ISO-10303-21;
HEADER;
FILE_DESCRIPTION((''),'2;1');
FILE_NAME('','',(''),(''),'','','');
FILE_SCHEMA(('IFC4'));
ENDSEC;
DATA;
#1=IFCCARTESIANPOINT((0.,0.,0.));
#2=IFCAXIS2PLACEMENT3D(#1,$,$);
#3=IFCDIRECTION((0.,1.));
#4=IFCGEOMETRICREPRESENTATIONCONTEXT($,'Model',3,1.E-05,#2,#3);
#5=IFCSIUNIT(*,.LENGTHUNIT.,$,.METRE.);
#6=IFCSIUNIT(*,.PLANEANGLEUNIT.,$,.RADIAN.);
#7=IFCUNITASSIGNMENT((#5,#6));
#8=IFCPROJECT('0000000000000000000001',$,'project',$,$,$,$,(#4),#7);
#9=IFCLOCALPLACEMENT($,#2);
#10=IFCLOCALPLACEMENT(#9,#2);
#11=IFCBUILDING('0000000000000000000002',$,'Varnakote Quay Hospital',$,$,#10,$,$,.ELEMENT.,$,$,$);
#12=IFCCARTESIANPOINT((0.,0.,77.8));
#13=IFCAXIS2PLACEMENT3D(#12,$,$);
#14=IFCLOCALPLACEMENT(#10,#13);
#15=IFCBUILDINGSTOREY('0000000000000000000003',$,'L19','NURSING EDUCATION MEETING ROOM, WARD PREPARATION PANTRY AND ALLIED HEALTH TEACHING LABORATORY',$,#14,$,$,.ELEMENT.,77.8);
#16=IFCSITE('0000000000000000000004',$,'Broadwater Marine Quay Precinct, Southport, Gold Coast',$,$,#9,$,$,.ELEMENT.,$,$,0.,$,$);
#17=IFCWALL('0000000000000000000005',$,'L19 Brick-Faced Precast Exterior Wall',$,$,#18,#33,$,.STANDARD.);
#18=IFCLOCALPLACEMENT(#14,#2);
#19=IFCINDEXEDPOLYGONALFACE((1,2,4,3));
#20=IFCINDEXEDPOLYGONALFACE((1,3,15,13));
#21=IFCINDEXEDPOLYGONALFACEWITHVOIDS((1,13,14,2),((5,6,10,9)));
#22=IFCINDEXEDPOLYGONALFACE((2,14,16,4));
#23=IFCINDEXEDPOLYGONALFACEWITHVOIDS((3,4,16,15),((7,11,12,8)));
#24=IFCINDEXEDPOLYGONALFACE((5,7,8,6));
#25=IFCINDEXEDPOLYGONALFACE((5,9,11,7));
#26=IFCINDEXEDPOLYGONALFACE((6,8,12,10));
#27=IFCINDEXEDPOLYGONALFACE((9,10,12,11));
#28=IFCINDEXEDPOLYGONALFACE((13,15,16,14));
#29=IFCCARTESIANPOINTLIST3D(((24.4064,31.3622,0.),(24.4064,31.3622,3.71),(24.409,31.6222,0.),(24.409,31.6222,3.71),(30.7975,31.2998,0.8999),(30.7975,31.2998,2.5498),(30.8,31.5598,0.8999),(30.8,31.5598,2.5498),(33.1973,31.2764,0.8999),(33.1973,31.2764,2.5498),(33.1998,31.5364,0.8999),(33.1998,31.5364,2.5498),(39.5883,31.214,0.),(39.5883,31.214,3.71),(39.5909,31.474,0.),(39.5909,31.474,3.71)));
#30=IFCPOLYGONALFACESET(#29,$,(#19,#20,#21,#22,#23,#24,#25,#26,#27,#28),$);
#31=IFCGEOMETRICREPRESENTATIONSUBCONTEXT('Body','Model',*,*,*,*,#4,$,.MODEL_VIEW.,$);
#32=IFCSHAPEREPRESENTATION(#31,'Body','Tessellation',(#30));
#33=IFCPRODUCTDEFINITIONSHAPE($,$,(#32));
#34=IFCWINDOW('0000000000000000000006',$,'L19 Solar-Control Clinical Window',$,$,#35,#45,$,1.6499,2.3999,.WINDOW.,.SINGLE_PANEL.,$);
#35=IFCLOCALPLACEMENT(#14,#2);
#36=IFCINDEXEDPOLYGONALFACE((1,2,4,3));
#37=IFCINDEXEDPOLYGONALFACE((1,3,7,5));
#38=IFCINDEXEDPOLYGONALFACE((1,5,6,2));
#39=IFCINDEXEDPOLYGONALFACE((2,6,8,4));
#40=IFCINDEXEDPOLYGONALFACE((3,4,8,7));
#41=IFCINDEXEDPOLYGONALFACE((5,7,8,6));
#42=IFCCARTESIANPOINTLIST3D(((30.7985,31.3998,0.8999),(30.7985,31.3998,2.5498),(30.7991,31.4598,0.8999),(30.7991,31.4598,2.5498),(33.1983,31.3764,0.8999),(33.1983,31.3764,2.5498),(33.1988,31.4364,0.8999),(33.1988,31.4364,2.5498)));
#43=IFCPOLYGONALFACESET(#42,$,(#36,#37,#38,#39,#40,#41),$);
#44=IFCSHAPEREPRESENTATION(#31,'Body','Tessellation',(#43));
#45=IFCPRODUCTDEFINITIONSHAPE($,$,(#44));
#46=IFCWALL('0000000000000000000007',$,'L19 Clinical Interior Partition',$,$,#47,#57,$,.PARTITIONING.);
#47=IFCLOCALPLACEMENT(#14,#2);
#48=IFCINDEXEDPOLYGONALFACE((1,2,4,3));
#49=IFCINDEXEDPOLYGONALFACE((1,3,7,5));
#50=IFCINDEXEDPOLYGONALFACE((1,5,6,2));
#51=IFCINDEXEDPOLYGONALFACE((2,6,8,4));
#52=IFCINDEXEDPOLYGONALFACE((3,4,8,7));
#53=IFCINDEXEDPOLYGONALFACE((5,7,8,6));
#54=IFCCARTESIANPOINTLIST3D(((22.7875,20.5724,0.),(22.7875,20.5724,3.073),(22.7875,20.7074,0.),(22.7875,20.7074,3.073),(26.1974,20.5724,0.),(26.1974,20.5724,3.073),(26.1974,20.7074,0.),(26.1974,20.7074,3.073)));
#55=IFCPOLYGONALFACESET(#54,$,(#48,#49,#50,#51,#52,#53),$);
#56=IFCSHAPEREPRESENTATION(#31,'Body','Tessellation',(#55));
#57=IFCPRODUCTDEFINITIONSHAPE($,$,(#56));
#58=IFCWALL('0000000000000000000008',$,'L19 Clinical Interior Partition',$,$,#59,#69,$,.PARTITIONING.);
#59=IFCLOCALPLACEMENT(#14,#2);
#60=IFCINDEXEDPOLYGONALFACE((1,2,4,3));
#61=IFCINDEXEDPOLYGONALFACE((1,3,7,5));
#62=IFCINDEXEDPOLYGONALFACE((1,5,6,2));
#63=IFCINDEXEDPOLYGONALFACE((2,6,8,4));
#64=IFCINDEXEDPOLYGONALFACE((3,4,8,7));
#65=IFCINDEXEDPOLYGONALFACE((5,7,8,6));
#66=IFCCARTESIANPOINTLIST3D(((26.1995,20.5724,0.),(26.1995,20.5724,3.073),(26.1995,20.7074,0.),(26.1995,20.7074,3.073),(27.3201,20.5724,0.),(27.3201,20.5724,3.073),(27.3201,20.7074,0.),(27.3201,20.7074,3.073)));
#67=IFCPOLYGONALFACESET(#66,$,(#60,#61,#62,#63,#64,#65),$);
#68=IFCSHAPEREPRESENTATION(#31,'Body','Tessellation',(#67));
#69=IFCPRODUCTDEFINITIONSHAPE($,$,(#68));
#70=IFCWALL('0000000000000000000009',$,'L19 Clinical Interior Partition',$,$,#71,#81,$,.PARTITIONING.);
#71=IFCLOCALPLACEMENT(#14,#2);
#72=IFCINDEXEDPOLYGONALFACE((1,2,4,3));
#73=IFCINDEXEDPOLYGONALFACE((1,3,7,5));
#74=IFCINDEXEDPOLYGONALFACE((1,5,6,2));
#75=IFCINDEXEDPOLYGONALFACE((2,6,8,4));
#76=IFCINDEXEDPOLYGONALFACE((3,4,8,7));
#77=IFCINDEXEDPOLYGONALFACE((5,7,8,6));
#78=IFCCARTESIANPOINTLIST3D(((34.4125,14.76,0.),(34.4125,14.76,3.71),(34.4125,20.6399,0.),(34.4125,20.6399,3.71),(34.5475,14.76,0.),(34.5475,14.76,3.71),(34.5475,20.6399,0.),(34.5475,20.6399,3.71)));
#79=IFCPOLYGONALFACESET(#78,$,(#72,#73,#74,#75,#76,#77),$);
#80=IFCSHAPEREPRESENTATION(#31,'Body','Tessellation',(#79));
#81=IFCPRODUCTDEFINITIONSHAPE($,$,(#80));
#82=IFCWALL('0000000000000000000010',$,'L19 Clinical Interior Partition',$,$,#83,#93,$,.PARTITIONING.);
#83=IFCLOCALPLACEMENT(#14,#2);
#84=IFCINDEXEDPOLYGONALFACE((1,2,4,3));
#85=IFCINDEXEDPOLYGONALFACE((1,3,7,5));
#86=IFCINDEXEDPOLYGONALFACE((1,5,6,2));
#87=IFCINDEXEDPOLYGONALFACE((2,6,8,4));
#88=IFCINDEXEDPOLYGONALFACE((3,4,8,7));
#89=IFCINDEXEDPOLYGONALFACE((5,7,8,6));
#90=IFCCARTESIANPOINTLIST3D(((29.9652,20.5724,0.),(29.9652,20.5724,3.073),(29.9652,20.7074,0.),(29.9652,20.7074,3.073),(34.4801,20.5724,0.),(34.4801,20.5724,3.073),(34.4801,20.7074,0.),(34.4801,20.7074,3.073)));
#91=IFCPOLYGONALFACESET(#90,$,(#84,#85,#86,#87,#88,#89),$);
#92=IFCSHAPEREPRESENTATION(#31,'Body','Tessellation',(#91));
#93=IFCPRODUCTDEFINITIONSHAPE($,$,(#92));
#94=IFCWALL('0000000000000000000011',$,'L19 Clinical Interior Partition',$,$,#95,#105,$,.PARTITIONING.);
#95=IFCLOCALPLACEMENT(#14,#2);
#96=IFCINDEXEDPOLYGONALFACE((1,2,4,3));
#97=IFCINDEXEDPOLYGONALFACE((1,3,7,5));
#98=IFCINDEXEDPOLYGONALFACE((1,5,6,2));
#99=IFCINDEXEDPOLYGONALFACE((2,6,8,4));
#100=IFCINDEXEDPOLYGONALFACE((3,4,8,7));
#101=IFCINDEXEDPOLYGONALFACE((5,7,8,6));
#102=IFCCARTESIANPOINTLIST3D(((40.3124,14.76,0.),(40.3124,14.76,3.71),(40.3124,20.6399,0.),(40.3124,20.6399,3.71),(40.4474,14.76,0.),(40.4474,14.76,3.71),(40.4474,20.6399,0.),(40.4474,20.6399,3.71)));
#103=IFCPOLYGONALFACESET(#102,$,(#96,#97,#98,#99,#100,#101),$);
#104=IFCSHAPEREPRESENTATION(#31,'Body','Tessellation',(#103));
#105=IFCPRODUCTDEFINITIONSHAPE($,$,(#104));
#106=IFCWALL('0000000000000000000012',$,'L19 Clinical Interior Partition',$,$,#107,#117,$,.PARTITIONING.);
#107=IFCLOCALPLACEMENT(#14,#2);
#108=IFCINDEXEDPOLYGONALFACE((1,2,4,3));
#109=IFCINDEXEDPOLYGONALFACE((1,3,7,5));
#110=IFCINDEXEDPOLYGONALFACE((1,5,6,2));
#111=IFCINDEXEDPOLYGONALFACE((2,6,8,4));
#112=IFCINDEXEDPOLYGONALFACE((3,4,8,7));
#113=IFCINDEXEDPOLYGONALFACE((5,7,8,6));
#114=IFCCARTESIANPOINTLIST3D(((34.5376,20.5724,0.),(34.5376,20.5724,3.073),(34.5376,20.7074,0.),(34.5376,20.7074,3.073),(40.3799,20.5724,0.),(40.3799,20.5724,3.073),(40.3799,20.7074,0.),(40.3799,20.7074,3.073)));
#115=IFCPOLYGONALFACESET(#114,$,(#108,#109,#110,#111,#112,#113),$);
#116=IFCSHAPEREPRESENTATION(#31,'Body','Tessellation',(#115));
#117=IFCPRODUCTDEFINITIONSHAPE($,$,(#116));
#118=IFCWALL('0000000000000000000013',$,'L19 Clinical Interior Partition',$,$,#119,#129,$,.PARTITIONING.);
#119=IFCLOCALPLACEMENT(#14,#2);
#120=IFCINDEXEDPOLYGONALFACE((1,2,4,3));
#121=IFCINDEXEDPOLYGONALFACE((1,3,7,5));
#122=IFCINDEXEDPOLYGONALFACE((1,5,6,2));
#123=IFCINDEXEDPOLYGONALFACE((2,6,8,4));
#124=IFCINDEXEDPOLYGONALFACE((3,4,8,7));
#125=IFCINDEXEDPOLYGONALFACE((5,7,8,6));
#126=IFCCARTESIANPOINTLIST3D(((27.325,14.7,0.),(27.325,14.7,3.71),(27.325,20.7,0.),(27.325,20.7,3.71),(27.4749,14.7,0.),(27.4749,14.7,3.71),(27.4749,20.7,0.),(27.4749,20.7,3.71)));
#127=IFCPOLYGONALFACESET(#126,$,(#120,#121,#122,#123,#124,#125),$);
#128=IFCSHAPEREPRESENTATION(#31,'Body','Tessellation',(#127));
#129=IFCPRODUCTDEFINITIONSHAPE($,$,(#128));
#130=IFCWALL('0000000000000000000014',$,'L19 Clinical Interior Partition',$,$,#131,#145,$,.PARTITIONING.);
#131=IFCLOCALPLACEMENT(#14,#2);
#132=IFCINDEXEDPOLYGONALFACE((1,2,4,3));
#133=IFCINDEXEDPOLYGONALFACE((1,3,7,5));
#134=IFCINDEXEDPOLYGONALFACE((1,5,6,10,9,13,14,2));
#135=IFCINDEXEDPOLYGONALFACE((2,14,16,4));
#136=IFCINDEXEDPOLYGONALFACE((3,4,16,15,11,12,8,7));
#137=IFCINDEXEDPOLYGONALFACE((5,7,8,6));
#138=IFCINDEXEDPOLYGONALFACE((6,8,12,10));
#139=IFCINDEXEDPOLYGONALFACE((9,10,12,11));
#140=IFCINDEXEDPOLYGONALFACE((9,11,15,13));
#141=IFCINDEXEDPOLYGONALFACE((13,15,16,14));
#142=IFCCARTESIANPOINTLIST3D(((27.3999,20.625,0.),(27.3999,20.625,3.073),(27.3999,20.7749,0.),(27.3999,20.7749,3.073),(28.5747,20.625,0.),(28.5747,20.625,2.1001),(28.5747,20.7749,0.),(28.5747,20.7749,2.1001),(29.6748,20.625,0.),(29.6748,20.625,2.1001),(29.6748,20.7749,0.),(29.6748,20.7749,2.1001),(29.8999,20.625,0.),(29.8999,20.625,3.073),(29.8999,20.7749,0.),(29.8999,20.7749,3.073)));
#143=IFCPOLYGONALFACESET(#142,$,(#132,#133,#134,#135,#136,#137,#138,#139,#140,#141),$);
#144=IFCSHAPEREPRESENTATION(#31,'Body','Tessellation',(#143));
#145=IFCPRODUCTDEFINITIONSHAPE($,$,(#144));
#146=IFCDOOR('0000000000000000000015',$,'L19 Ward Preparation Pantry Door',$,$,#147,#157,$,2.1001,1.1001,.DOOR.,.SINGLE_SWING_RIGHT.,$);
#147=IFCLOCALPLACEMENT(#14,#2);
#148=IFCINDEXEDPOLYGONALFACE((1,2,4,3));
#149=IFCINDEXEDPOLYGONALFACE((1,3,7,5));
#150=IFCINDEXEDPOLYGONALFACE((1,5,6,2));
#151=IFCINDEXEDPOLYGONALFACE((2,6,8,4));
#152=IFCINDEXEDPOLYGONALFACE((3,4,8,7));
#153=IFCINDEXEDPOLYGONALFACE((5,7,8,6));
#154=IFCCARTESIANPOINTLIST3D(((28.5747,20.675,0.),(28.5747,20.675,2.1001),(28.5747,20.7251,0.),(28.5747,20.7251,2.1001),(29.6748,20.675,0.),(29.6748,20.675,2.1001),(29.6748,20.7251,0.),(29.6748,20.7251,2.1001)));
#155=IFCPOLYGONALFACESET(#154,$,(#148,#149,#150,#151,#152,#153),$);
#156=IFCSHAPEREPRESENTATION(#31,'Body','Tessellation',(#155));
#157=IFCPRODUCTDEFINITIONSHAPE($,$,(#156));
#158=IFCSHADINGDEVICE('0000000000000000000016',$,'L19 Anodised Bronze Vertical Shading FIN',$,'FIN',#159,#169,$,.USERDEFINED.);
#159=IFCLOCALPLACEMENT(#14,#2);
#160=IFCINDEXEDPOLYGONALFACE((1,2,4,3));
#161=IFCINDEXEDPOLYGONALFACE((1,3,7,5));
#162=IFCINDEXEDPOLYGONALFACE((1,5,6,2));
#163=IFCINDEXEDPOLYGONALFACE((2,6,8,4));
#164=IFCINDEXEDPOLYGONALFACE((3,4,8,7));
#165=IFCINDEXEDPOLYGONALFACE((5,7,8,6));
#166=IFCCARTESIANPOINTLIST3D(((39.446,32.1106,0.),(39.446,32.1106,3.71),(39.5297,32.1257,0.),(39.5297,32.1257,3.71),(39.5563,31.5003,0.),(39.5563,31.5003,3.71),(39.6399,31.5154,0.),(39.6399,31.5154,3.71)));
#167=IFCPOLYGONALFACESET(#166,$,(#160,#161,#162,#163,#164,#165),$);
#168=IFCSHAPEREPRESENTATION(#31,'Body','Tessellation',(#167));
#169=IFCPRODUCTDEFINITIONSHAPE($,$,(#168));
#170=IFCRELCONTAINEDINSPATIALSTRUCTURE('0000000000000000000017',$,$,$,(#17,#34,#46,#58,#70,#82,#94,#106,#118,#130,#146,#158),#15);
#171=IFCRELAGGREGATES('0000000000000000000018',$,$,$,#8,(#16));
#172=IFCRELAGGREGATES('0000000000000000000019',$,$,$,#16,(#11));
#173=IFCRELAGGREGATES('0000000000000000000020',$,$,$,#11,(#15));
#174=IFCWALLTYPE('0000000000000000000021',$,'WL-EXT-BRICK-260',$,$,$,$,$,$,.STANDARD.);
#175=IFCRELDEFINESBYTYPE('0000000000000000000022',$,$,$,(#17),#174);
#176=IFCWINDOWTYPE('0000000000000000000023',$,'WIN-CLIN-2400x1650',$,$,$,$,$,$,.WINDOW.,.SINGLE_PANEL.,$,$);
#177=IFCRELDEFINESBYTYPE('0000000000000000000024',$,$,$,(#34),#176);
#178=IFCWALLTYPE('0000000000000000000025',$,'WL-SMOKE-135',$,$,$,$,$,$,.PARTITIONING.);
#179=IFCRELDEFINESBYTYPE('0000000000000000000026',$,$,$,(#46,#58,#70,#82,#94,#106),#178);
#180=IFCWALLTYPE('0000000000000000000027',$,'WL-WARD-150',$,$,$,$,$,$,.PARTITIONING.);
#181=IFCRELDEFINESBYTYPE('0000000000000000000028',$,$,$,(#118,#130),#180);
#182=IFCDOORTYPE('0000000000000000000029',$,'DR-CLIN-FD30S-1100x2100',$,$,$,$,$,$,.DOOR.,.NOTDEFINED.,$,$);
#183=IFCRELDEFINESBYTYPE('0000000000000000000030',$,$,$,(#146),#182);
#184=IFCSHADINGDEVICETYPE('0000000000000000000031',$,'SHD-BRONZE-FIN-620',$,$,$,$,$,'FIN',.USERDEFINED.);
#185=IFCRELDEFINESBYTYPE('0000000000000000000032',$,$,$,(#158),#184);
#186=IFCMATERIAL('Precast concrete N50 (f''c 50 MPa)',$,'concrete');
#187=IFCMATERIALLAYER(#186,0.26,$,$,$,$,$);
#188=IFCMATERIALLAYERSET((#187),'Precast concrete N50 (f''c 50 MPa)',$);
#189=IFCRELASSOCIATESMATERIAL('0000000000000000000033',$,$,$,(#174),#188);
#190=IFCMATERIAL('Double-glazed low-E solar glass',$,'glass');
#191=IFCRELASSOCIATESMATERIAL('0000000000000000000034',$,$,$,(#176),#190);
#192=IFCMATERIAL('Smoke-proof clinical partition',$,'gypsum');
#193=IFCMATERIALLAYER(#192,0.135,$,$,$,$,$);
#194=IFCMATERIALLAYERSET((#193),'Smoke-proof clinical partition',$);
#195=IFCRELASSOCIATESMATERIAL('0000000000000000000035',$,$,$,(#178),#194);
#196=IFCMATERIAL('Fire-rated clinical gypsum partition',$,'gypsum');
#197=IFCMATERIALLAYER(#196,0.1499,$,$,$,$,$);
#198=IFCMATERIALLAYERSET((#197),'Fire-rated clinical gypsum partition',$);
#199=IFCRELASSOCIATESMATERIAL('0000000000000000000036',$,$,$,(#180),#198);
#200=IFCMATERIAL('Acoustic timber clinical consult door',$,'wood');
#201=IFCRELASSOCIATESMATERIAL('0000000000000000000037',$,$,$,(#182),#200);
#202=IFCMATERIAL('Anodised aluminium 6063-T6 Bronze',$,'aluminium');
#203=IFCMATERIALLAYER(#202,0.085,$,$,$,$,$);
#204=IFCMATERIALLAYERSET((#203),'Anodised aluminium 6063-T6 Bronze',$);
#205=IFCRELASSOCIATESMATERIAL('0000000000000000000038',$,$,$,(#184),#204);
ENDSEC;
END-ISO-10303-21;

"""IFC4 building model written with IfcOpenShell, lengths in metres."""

from ifc_helpers import new_model, si_unit, direction, frame, frame_2d, origin, origin_2d, place, context, subcontext, project, spatial, rectangle, extrude, material, layer, layer_set, type_object, element, fill, save


model = new_model("IFC4")

# Units and contexts
model_context = context("Model", 3, precision=1e-05, world=origin(), true_north=direction((0.0, 1.0)))
body_context = subcontext(model_context, "Body", "Model", "MODEL_VIEW")
ifc_project = project(units=[si_unit("LENGTHUNIT", "METRE"), si_unit("PLANEANGLEUNIT", "RADIAN")], contexts=[model_context])

# Site, building, storey
site_placement = place(None, origin())
site = spatial("IfcSite", under=ifc_project, at=site_placement, Name="Broadwater Marine Quay Precinct, Southport, Gold Coast", CompositionType="ELEMENT", RefElevation=0.0)
building_placement = place(site_placement, origin())
building = spatial("IfcBuilding", under=site, at=building_placement, Name="Varnakote Quay Hospital", CompositionType="ELEMENT")
storey_placement = place(building_placement, frame((0.0, 0.0, 77.8)))
storey = spatial("IfcBuildingStorey", under=building, at=storey_placement, Name="L19", Description="NURSING EDUCATION MEETING ROOM, WARD PREPARATION PANTRY AND ALLIED HEALTH TEACHING LABORATORY", CompositionType="ELEMENT", Elevation=77.8)

# Wall, opening, window
ifc_material_1 = material(Name="Precast concrete N50 (f'c 50 MPa)", Category="concrete")
ifc_layer_1 = layer(ifc_material_1, 0.26)
ifc_layer_set_1 = layer_set([ifc_layer_1], Name="Precast concrete N50 (f'c 50 MPa)")
wall_type_1 = type_object("IfcWallType", Name="WL-EXT-BRICK-260", PredefinedType="STANDARD", material=ifc_layer_set_1)
wall_1_placement = place(storey_placement, frame((39.5896, 31.344, 0.0), z_axis=(0.0, 0.0, 1.0), x_axis=(-0.999952, 0.009761, 0.0)))
wall_1 = element("IfcWall", 1, at=wall_1_placement, inside=storey, type_object=wall_type_1, Name="L19 Brick-Faced Precast Exterior Wall", PredefinedType="STANDARD", context=body_context, shape_type="SweptSolid", body=[
    extrude(rectangle(XDim=15.1826, YDim=0.26, at=frame_2d((7.5913, 0.0))), origin(), (0.0, 0.0, 1.0), 3.71),
])
opening_1_placement = place(wall_1_placement, frame((6.3914, 0.0, 0.8999)))
opening_1 = element("IfcOpeningElement", 2, at=opening_1_placement, cuts=wall_1, PredefinedType="OPENING", context=body_context, shape_type="SweptSolid", body=[
    extrude(rectangle(XDim=2.3999, YDim=1.6499, at=frame_2d((1.2, 0.825))), frame((0.0, 0.1399, 0.0), z_axis=(0.0, -1.0, 0.0), x_axis=(1.0, 0.0, 0.0)), (0.0, 0.0, 1.0), 0.28),
])
ifc_material_2 = material(Name="Double-glazed low-E solar glass", Category="glass")
window_type = type_object("IfcWindowType", Name="WIN-CLIN-2400x1650", PartitioningType="SINGLE_PANEL", PredefinedType="WINDOW", material=ifc_material_2)
window_placement = place(opening_1_placement, origin())
window = element("IfcWindow", 3, at=window_placement, inside=storey, type_object=window_type, Name="L19 Solar-Control Clinical Window", OverallHeight=1.6499, OverallWidth=2.3999, PartitioningType="SINGLE_PANEL", PredefinedType="WINDOW", context=body_context, shape_type="SweptSolid", body=[
    extrude(rectangle(XDim=2.3999, YDim=1.6499, at=frame_2d((1.2, 0.825))), frame((0.0, 0.03, 0.0), z_axis=(0.0, -1.0, 0.0), x_axis=(1.0, 0.0, 0.0)), (0.0, 0.0, 1.0), 0.0601),
])
fill(opening_1, window)

# Walls
ifc_material_3 = material(Name="Smoke-proof clinical partition", Category="gypsum")
ifc_layer_2 = layer(ifc_material_3, 0.135)
ifc_layer_set_2 = layer_set([ifc_layer_2], Name="Smoke-proof clinical partition")
wall_type_2 = type_object("IfcWallType", Name="WL-SMOKE-135", PredefinedType="PARTITIONING", material=ifc_layer_set_2)
wall_2_placement = place(storey_placement, frame((26.1975, 20.6399, 0.0), z_axis=(0.0, 0.0, 1.0), x_axis=(-1.0, 0.0, 0.0)))
element("IfcWall", 4, at=wall_2_placement, inside=storey, type_object=wall_type_2, Name="L19 Clinical Interior Partition", PredefinedType="PARTITIONING", context=body_context, shape_type="SweptSolid", body=[
    extrude(rectangle(XDim=3.4099, YDim=0.135, at=frame_2d((1.7051, 0.0))), origin(), (0.0, 0.0, 1.0), 3.073),
])
wall_3_placement = place(storey_placement, frame((27.3201, 20.6399, 0.0), z_axis=(0.0, 0.0, 1.0), x_axis=(-1.0, 0.0, 0.0)))
element("IfcWall", 5, at=wall_3_placement, inside=storey, type_object=wall_type_2, Name="L19 Clinical Interior Partition", PredefinedType="PARTITIONING", context=body_context, shape_type="SweptSolid", body=[
    extrude(rectangle(XDim=1.1206, YDim=0.135, at=frame_2d((0.5603, 0.0))), origin(), (0.0, 0.0, 1.0), 3.073),
])
wall_4_placement = place(storey_placement, frame((34.48, 14.76, 0.0), z_axis=(0.0, 0.0, 1.0), x_axis=(0.0, 1.0, 0.0)))
element("IfcWall", 6, at=wall_4_placement, inside=storey, type_object=wall_type_2, Name="L19 Clinical Interior Partition", PredefinedType="PARTITIONING", context=body_context, shape_type="SweptSolid", body=[
    extrude(rectangle(XDim=5.8799, YDim=0.135, at=frame_2d((2.9399, 0.0))), origin(), (0.0, 0.0, 1.0), 3.71),
])
wall_5_placement = place(storey_placement, frame((34.48, 20.6399, 0.0), z_axis=(0.0, 0.0, 1.0), x_axis=(-1.0, 0.0, 0.0)))
element("IfcWall", 7, at=wall_5_placement, inside=storey, type_object=wall_type_2, Name="L19 Clinical Interior Partition", PredefinedType="PARTITIONING", context=body_context, shape_type="SweptSolid", body=[
    extrude(rectangle(XDim=4.5149, YDim=0.135, at=frame_2d((2.2573, 0.0))), origin(), (0.0, 0.0, 1.0), 3.073),
])
wall_6_placement = place(storey_placement, frame((40.3799, 14.76, 0.0), z_axis=(0.0, 0.0, 1.0), x_axis=(0.0, 1.0, 0.0)))
element("IfcWall", 8, at=wall_6_placement, inside=storey, type_object=wall_type_2, Name="L19 Clinical Interior Partition", PredefinedType="PARTITIONING", context=body_context, shape_type="SweptSolid", body=[
    extrude(rectangle(XDim=5.8799, YDim=0.135, at=frame_2d((2.9399, 0.0))), origin(), (0.0, 0.0, 1.0), 3.71),
])
wall_7_placement = place(storey_placement, frame((40.3799, 20.6399, 0.0), z_axis=(0.0, 0.0, 1.0), x_axis=(-1.0, 0.0, 0.0)))
element("IfcWall", 9, at=wall_7_placement, inside=storey, type_object=wall_type_2, Name="L19 Clinical Interior Partition", PredefinedType="PARTITIONING", context=body_context, shape_type="SweptSolid", body=[
    extrude(rectangle(XDim=5.8423, YDim=0.135, at=frame_2d((2.9211, 0.0))), origin(), (0.0, 0.0, 1.0), 3.073),
])
ifc_material_4 = material(Name="Fire-rated clinical gypsum partition", Category="gypsum")
ifc_layer_3 = layer(ifc_material_4, 0.1499)
ifc_layer_set_3 = layer_set([ifc_layer_3], Name="Fire-rated clinical gypsum partition")
wall_type_3 = type_object("IfcWallType", Name="WL-WARD-150", PredefinedType="PARTITIONING", material=ifc_layer_set_3)
wall_8_placement = place(storey_placement, frame((27.3999, 20.7, 0.0), z_axis=(0.0, 0.0, 1.0), x_axis=(0.0, -1.0, 0.0)))
element("IfcWall", 10, at=wall_8_placement, inside=storey, type_object=wall_type_3, Name="L19 Clinical Interior Partition", PredefinedType="PARTITIONING", context=body_context, shape_type="SweptSolid", body=[
    extrude(rectangle(XDim=6.0, YDim=0.1499, at=frame_2d((3.0, 0.0))), origin(), (0.0, 0.0, 1.0), 3.71),
])

# Wall, opening, door
wall_9_placement = place(storey_placement, frame((29.8999, 20.7, 0.0), z_axis=(0.0, 0.0, 1.0), x_axis=(-1.0, 0.0, 0.0)))
wall_9 = element("IfcWall", 11, at=wall_9_placement, inside=storey, type_object=wall_type_3, Name="L19 Clinical Interior Partition", PredefinedType="PARTITIONING", context=body_context, shape_type="SweptSolid", body=[
    extrude(rectangle(XDim=2.5, YDim=0.1499, at=frame_2d((1.25, 0.0))), origin(), (0.0, 0.0, 1.0), 3.073),
])
opening_2_placement = place(wall_9_placement, frame((0.2251, 0.0, 0.0)))
opening_2 = element("IfcOpeningElement", 12, at=opening_2_placement, cuts=wall_9, PredefinedType="OPENING", context=body_context, shape_type="SweptSolid", body=[
    extrude(rectangle(XDim=1.1001, YDim=2.1001, at=frame_2d((0.55, 1.05))), frame((0.0, 0.085, 0.0), z_axis=(0.0, -1.0, 0.0), x_axis=(1.0, 0.0, 0.0)), (0.0, 0.0, 1.0), 0.1699),
])
ifc_material_5 = material(Name="Acoustic timber clinical consult door", Category="wood")
door_type = type_object("IfcDoorType", Name="DR-CLIN-FD30S-1100x2100", OperationType="NOTDEFINED", PredefinedType="DOOR", material=ifc_material_5)
door_placement = place(opening_2_placement, origin())
door = element("IfcDoor", 13, at=door_placement, inside=storey, type_object=door_type, Name="L19 Ward Preparation Pantry Door", OperationType="SINGLE_SWING_RIGHT", OverallHeight=2.1001, OverallWidth=1.1001, PredefinedType="DOOR", context=body_context, shape_type="SweptSolid", body=[
    extrude(rectangle(XDim=1.1001, YDim=2.1001, at=frame_2d((0.55, 1.05))), frame((0.0, 0.0249, 0.0), z_axis=(0.0, -1.0, 0.0), x_axis=(1.0, 0.0, 0.0)), (0.0, 0.0, 1.0), 0.05),
])
fill(opening_2, door)

# Shading device
ifc_material_6 = material(Name="Anodised aluminium 6063-T6 Bronze", Category="aluminium")
ifc_layer_4 = layer(ifc_material_6, 0.085)
ifc_layer_set_4 = layer_set([ifc_layer_4], Name="Anodised aluminium 6063-T6 Bronze")
shading_device_type = type_object("IfcShadingDeviceType", Name="SHD-BRONZE-FIN-620", ElementType="FIN", PredefinedType="USERDEFINED", material=ifc_layer_set_4)
shading_device_placement = place(storey_placement, frame((39.543, 31.813, 0.0), z_axis=(0.0, 0.0, 1.0), x_axis=(0.177772, -0.984072, 0.0)))
element("IfcShadingDevice", 14, at=shading_device_placement, inside=storey, type_object=shading_device_type, Name="L19 Anodised Bronze Vertical Shading FIN", ObjectType="FIN", PredefinedType="USERDEFINED", context=body_context, shape_type="SweptSolid", body=[
    extrude(rectangle(XDim=0.6201, YDim=0.085, at=origin_2d()), origin(), (0.0, 0.0, 1.0), 3.71),
])

save(model, "model.ifc")
